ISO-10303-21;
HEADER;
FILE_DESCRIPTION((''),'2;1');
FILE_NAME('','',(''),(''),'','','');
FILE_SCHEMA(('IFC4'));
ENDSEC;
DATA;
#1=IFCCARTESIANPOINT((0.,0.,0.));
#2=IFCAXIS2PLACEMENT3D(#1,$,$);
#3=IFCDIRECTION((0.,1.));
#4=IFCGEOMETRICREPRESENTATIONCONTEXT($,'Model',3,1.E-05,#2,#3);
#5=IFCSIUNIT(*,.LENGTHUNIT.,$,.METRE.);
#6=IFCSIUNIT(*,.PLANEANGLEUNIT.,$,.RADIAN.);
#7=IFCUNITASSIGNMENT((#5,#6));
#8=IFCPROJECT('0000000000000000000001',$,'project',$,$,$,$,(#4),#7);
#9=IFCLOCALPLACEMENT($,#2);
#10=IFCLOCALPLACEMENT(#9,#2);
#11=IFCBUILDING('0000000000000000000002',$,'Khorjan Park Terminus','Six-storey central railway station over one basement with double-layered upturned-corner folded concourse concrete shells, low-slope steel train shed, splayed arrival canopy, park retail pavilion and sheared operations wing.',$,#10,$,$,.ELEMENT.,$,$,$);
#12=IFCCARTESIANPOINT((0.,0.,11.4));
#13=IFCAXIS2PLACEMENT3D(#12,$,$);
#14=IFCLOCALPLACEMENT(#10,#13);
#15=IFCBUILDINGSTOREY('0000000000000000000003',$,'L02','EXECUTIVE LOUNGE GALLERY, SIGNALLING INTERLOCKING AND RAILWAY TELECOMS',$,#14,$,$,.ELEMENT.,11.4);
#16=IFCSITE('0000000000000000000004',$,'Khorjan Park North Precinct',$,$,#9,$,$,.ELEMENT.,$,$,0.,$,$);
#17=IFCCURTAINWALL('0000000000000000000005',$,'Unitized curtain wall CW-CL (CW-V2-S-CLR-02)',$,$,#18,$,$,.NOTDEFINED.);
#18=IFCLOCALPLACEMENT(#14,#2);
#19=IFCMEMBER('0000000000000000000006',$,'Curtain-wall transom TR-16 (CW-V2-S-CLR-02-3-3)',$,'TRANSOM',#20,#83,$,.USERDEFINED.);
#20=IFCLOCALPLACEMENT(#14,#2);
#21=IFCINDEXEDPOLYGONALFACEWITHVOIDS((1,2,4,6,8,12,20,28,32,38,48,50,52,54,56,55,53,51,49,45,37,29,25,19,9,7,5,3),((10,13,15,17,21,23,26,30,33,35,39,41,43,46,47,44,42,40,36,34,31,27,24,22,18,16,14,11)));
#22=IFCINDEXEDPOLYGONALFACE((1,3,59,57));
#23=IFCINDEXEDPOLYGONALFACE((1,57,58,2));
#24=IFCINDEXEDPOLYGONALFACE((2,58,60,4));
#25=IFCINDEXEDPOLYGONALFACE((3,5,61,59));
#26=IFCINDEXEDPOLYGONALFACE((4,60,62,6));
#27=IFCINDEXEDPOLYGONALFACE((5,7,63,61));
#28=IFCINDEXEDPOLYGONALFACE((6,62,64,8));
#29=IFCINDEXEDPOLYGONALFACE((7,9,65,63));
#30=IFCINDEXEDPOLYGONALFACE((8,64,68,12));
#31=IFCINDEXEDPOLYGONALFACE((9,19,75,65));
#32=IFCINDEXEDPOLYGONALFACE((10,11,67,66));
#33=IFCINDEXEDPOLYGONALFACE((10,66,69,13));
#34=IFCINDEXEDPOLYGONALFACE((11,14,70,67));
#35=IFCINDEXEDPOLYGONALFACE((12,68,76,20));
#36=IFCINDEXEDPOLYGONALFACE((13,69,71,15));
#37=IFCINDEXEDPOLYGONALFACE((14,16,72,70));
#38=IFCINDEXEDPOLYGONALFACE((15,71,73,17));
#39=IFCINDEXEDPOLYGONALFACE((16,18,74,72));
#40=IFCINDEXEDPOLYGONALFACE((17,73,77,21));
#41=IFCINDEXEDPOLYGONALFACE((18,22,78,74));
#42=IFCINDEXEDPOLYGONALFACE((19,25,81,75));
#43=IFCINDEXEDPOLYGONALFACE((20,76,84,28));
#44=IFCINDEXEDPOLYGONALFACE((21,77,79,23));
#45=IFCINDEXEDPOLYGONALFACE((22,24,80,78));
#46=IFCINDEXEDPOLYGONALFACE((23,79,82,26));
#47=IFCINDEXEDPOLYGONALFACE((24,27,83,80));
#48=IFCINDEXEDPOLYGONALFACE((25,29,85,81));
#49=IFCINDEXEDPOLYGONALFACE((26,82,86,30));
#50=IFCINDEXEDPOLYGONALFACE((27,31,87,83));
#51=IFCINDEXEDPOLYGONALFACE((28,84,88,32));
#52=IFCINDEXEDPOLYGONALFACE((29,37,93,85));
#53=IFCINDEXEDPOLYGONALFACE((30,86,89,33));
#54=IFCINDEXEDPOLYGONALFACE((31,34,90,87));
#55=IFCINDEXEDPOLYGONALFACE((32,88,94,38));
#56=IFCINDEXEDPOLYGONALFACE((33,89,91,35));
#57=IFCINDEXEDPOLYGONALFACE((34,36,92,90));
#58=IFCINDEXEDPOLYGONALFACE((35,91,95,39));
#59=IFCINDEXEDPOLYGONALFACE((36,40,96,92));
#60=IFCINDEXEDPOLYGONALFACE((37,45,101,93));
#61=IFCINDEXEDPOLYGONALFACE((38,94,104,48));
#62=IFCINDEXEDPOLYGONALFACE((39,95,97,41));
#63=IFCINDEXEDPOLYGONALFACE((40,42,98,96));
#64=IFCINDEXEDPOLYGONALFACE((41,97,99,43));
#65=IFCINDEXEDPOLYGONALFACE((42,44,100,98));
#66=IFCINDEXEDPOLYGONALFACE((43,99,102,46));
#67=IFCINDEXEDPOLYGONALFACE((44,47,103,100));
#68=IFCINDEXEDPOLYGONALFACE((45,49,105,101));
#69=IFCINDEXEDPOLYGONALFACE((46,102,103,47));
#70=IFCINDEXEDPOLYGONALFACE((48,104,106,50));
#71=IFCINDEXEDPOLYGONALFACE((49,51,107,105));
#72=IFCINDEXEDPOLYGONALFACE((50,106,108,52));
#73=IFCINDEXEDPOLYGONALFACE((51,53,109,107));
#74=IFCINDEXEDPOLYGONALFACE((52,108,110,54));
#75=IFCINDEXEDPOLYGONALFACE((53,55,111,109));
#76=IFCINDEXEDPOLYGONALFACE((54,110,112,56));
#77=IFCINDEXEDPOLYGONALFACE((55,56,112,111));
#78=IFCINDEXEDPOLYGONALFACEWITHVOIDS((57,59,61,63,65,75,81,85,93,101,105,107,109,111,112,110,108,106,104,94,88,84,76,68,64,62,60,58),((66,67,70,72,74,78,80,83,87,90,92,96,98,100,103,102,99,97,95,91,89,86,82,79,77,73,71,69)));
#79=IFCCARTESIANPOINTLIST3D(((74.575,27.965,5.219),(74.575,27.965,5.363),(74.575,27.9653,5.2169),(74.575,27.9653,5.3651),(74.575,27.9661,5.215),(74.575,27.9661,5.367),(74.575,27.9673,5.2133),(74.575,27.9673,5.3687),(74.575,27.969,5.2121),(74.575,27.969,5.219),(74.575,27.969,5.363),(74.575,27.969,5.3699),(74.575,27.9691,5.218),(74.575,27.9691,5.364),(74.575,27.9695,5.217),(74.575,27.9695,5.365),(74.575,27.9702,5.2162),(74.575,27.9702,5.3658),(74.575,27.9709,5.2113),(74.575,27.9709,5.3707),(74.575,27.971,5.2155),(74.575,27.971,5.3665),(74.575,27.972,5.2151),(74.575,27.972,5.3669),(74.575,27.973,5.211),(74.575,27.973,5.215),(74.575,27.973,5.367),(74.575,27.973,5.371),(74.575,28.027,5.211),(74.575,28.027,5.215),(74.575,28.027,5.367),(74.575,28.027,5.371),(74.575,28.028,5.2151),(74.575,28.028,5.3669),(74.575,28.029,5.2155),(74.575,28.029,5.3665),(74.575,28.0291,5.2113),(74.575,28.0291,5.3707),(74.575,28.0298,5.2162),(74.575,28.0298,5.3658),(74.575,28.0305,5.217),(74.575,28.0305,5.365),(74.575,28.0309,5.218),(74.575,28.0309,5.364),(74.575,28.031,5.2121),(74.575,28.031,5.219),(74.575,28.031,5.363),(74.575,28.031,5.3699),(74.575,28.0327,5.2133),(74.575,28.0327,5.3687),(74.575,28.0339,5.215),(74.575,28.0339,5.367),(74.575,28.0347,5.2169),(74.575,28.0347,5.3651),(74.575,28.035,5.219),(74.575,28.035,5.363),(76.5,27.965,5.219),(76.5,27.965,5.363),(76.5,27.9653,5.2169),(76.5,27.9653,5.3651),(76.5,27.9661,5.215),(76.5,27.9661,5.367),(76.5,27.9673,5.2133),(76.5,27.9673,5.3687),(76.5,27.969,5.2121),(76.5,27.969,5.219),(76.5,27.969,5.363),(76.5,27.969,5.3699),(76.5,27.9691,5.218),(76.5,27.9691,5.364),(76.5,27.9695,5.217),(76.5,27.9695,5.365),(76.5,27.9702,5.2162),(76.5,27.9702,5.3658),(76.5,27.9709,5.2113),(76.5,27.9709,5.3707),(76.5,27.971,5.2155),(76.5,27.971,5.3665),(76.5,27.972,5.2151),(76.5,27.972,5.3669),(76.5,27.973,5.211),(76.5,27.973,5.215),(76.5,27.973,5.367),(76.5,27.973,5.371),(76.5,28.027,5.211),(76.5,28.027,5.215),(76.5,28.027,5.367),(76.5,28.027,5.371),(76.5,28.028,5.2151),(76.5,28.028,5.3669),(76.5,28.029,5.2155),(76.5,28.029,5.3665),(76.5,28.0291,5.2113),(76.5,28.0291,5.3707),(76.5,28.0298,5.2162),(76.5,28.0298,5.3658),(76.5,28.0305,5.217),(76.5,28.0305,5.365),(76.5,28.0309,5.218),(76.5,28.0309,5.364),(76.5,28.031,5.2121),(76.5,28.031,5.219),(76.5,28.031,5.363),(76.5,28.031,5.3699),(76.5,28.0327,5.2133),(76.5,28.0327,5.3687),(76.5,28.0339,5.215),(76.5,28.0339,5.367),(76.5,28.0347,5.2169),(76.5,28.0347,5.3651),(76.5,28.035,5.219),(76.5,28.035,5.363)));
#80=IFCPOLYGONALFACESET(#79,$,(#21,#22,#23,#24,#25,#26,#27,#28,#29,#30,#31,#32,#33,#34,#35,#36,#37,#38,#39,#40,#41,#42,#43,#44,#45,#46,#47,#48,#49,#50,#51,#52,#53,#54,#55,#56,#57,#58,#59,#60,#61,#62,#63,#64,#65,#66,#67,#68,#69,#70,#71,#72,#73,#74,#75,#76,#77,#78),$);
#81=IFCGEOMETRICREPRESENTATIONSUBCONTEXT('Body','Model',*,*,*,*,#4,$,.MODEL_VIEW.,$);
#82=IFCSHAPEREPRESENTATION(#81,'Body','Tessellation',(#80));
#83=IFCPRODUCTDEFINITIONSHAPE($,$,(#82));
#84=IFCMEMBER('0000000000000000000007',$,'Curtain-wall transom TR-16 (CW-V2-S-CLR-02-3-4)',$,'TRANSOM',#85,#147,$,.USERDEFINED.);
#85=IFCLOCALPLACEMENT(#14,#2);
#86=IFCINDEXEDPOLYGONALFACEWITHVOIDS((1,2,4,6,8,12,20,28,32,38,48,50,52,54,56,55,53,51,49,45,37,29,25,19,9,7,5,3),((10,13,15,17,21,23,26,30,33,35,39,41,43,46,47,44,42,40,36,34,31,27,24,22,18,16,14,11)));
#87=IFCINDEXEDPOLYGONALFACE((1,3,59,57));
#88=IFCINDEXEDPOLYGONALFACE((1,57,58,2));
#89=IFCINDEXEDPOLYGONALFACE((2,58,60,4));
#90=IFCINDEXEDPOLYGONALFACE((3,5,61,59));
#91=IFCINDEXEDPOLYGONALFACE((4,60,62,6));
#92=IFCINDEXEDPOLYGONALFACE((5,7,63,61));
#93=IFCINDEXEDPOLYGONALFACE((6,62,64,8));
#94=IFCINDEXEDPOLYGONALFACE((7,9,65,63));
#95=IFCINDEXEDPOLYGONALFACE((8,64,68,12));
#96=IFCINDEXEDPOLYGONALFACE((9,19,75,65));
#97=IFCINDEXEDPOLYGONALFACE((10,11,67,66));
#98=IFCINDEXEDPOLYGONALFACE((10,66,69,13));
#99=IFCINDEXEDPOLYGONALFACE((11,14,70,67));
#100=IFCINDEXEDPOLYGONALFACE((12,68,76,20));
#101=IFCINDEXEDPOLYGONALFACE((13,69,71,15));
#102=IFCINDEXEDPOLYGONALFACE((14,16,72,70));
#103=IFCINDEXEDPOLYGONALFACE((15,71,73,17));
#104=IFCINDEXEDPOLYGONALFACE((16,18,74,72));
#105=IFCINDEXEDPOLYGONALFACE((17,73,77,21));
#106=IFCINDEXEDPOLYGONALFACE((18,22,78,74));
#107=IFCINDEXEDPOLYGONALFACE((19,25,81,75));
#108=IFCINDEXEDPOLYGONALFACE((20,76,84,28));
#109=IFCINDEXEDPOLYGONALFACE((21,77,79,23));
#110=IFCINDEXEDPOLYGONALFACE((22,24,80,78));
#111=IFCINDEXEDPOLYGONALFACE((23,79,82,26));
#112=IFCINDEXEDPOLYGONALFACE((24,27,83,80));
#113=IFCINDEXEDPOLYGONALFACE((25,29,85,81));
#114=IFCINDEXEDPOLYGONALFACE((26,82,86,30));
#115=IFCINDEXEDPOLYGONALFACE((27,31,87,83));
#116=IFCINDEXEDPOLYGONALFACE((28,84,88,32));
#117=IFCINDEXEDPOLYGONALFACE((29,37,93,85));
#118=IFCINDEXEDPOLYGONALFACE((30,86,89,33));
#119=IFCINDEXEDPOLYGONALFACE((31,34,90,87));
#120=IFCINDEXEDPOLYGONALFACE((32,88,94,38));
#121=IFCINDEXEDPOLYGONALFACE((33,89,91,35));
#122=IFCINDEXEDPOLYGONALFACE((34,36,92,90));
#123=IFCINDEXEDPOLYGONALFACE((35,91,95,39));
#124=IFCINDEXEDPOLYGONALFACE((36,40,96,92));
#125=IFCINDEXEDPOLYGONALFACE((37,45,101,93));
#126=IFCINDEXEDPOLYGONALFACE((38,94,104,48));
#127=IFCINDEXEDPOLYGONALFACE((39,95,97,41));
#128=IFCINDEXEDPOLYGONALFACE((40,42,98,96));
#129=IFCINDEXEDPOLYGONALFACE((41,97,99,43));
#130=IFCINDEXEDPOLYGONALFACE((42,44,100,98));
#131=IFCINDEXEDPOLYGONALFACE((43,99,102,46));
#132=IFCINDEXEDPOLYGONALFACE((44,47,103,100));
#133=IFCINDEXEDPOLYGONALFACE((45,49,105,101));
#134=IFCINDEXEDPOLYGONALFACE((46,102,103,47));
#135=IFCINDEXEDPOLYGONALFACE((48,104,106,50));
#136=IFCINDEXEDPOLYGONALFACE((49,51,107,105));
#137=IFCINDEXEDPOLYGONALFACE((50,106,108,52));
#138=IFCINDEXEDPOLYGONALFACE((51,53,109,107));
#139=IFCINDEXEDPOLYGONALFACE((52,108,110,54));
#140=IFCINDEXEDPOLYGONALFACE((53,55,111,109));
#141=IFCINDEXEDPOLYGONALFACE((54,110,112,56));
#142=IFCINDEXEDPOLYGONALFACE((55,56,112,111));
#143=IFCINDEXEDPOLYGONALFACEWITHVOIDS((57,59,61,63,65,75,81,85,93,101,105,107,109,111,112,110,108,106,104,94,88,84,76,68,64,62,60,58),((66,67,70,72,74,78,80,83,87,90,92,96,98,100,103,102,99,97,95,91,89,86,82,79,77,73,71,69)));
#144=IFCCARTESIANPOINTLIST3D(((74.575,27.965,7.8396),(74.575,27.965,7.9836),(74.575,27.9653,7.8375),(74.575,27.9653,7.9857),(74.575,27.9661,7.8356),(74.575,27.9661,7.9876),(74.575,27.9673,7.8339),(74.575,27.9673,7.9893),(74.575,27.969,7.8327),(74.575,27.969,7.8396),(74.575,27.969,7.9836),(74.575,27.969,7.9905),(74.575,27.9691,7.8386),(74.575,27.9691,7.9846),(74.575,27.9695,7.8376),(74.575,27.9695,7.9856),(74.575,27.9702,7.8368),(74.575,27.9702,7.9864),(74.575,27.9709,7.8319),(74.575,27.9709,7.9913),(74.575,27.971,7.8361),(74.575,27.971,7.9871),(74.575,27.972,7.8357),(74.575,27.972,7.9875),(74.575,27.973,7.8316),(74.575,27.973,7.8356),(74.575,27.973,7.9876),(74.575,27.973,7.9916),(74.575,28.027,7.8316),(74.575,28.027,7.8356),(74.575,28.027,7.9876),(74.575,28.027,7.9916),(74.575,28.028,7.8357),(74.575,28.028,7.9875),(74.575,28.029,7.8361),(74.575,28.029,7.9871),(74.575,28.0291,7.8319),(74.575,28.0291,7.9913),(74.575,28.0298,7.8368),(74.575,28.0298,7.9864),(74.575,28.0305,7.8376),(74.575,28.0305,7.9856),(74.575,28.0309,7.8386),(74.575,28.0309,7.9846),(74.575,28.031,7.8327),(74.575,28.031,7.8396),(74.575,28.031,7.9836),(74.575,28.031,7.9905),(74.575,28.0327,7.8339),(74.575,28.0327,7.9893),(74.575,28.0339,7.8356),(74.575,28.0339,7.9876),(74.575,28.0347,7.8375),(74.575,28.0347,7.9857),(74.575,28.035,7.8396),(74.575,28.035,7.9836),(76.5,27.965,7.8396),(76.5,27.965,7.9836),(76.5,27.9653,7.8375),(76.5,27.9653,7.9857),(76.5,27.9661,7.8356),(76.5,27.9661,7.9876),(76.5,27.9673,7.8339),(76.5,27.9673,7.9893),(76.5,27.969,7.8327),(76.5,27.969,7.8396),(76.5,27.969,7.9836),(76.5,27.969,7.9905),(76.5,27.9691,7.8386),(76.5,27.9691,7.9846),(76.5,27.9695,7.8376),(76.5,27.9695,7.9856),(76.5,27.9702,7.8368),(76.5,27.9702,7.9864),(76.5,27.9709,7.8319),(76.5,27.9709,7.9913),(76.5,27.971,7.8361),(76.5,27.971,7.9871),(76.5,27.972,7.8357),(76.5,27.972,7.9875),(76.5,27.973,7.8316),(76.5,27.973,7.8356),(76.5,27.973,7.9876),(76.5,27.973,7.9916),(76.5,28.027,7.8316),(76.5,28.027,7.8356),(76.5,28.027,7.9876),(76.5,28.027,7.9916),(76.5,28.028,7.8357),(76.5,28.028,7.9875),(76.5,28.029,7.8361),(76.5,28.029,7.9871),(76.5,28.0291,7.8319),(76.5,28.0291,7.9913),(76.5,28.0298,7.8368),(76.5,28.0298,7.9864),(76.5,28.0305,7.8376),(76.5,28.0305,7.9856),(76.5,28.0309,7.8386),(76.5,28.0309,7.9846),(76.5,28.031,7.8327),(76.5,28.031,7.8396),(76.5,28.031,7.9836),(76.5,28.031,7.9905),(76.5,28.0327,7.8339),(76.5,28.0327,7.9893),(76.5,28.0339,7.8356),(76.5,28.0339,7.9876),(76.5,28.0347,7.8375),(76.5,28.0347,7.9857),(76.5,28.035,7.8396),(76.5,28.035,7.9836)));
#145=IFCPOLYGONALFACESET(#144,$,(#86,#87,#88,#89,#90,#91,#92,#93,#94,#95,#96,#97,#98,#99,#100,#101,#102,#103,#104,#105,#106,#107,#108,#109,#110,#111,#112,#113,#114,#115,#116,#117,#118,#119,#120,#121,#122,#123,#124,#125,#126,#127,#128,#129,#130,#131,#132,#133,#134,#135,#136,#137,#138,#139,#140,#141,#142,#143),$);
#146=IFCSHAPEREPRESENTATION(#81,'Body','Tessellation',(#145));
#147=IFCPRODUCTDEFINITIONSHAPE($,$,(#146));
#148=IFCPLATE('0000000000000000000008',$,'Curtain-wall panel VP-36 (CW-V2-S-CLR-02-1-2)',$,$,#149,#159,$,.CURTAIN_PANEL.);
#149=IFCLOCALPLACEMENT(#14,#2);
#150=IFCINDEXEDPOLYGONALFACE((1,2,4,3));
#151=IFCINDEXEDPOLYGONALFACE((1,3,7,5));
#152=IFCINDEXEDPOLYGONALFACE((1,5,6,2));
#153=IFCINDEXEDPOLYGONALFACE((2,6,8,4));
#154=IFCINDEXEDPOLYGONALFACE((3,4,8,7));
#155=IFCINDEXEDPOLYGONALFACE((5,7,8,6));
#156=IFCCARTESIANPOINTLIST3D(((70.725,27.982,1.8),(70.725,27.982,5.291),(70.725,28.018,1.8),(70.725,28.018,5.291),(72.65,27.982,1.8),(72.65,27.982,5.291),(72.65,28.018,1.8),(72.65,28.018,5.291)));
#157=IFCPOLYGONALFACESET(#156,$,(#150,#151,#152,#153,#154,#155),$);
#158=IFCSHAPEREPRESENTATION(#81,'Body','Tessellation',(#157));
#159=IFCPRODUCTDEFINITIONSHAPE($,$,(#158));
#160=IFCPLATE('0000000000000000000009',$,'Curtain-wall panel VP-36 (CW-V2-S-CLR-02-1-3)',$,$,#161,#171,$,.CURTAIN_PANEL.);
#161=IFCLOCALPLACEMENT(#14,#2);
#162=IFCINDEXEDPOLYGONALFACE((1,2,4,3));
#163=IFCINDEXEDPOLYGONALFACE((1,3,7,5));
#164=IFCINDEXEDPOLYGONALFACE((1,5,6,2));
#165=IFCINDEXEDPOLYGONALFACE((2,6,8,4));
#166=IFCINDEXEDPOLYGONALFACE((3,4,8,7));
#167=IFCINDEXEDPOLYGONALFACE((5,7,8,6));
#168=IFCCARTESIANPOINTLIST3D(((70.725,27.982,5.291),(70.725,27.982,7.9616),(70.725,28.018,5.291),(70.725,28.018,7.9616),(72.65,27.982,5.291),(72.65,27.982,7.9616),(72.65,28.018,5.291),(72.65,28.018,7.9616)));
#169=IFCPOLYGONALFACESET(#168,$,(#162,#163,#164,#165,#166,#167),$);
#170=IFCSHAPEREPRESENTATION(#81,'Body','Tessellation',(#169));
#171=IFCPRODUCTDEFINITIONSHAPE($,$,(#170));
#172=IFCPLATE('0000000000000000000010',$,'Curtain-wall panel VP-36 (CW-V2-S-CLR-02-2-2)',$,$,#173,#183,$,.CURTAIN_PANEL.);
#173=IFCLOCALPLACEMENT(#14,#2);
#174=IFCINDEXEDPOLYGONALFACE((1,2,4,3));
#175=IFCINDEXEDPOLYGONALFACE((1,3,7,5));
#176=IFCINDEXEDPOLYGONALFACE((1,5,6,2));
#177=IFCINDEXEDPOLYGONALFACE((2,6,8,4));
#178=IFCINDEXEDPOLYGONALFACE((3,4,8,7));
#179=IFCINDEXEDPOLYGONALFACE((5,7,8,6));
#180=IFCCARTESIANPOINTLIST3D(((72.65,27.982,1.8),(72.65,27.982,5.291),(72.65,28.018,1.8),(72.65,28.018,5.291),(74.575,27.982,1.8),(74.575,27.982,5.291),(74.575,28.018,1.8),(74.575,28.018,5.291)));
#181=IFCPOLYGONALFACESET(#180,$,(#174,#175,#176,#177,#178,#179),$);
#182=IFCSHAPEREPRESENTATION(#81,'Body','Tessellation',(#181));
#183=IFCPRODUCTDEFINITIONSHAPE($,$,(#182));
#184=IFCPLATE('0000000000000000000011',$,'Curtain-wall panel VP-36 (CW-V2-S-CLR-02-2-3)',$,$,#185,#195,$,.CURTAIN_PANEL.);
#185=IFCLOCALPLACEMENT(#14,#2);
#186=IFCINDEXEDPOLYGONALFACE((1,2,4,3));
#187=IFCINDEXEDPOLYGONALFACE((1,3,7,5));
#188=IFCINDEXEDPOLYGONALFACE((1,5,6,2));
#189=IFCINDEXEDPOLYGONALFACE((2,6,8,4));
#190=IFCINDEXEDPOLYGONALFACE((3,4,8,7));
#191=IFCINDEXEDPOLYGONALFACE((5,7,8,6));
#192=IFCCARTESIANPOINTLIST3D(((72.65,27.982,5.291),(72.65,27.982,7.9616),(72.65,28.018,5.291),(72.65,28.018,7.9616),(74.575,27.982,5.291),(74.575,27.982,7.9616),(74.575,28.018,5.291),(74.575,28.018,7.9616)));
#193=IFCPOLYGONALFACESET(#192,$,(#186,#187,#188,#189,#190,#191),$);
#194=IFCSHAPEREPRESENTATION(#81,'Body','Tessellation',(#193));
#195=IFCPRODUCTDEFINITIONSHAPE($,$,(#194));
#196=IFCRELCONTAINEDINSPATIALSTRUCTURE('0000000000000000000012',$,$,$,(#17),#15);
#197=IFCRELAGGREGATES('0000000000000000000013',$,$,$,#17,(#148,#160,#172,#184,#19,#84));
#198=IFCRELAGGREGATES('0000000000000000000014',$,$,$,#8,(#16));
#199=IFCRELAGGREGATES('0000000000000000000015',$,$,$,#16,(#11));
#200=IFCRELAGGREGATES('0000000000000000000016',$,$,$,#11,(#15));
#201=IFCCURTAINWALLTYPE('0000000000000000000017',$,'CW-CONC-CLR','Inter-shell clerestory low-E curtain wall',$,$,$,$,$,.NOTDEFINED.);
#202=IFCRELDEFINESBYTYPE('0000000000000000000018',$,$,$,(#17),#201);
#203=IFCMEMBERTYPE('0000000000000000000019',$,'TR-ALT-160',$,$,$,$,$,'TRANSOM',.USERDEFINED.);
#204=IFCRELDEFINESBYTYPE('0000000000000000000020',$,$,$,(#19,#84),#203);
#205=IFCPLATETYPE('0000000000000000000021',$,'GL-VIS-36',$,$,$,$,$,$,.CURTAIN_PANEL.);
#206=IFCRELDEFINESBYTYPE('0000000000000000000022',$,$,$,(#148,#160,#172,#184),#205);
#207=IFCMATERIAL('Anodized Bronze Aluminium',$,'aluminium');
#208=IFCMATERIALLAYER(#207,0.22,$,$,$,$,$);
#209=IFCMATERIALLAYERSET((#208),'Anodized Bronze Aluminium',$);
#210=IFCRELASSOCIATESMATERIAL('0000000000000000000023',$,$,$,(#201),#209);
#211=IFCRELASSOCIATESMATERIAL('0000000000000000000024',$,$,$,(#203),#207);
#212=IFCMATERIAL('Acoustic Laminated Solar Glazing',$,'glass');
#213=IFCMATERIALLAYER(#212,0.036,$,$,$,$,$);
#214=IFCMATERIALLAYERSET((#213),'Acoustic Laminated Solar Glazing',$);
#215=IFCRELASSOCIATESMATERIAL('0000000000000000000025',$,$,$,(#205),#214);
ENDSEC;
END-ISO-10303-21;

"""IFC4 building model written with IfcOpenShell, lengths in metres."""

from ifc_helpers import new_model, si_unit, direction, frame, origin, origin_2d, place, context, subcontext, project, spatial, rectangle, hollow_rectangle, extrude, material, layer, layer_set, material_profile, profile_set, type_object, element, aggregate, save


model = new_model("IFC4")

# Units and contexts
model_context = context("Model", 3, precision=1e-05, world=origin(), true_north=direction((0.0, 1.0)))
body_context = subcontext(model_context, "Body", "Model", "MODEL_VIEW")
ifc_project = project(units=[si_unit("LENGTHUNIT", "METRE"), si_unit("PLANEANGLEUNIT", "RADIAN")], contexts=[model_context])

# Site, building, storey
site_placement = place(None, origin())
site = spatial("IfcSite", under=ifc_project, at=site_placement, Name="Khorjan Park North Precinct", CompositionType="ELEMENT", RefElevation=0.0)
building_placement = place(site_placement, origin())
building = spatial("IfcBuilding", under=site, at=building_placement, Name="Khorjan Park Terminus", Description="Six-storey central railway station over one basement with double-layered upturned-corner folded concourse concrete shells, low-slope steel train shed, splayed arrival canopy, park retail pavilion and sheared operations wing.", CompositionType="ELEMENT")
storey_placement = place(building_placement, frame((0.0, 0.0, 11.4)))
storey = spatial("IfcBuildingStorey", under=building, at=storey_placement, Name="L02", Description="EXECUTIVE LOUNGE GALLERY, SIGNALLING INTERLOCKING AND RAILWAY TELECOMS", CompositionType="ELEMENT", Elevation=11.4)

# Curtain wall
ifc_material_1 = material(Name="Anodized Bronze Aluminium", Category="aluminium")
ifc_layer_1 = layer(ifc_material_1, 0.22)
ifc_layer_set_1 = layer_set([ifc_layer_1], Name="Anodized Bronze Aluminium")
curtain_wall_type = type_object("IfcCurtainWallType", Name="CW-CONC-CLR", Description="Inter-shell clerestory low-E curtain wall", PredefinedType="NOTDEFINED", material=ifc_layer_set_1)
curtain_wall_placement = place(storey_placement, origin())
curtain_wall = element("IfcCurtainWall", 1, at=curtain_wall_placement, inside=storey, type_object=curtain_wall_type, Name="Unitized curtain wall CW-CL (CW-V2-S-CLR-02)", PredefinedType="NOTDEFINED")

# Members
ifc_material_profile_1 = material_profile(ifc_material_1, hollow_rectangle(XDim=0.07, YDim=0.16, WallThickness=0.004, InnerFilletRadius=0.004, OuterFilletRadius=0.008, at=origin_2d()), Name="ALT 70x160x4")
ifc_profile_set_1 = profile_set([ifc_material_profile_1], Name="Anodized Bronze Aluminium")
member_type_1 = type_object("IfcMemberType", Name="TR-ALT-160", ElementType="TRANSOM", PredefinedType="USERDEFINED", material=ifc_profile_set_1)
member_1_placement = place(storey_placement, frame((74.575, 28.0, 5.291), z_axis=(1.0, 0.0, 0.0), x_axis=(0.0, 1.0, 0.0)))
member_1 = element("IfcMember", 2, at=member_1_placement, type_object=member_type_1, Name="Curtain-wall transom TR-16 (CW-V2-S-CLR-02-3-3)", ObjectType="TRANSOM", PredefinedType="USERDEFINED", context=body_context, shape_type="SweptSolid", body=[
    extrude(hollow_rectangle(XDim=0.07, YDim=0.16, WallThickness=0.004, InnerFilletRadius=0.004, OuterFilletRadius=0.008, at=origin_2d()), origin(), (0.0, 0.0, 1.0), 1.925),
])
member_2_placement = place(storey_placement, frame((74.575, 28.0, 7.9116), z_axis=(1.0, 0.0, 0.0), x_axis=(0.0, 1.0, 0.0)))
member_2 = element("IfcMember", 3, at=member_2_placement, type_object=member_type_1, Name="Curtain-wall transom TR-16 (CW-V2-S-CLR-02-3-4)", ObjectType="TRANSOM", PredefinedType="USERDEFINED", context=body_context, shape_type="SweptSolid", body=[
    extrude(hollow_rectangle(XDim=0.07, YDim=0.16, WallThickness=0.004, InnerFilletRadius=0.004, OuterFilletRadius=0.008, at=origin_2d()), origin(), (0.0, 0.0, 1.0), 1.925),
])

# Plates
ifc_material_2 = material(Name="Acoustic Laminated Solar Glazing", Category="glass")
ifc_layer_2 = layer(ifc_material_2, 0.036)
ifc_layer_set_2 = layer_set([ifc_layer_2], Name="Acoustic Laminated Solar Glazing")
plate_type_1 = type_object("IfcPlateType", Name="GL-VIS-36", PredefinedType="CURTAIN_PANEL", material=ifc_layer_set_2)
plate_1_placement = place(storey_placement, frame((71.6875, 28.0, 1.8), z_axis=(0.0, 0.0, 1.0), x_axis=(1.0, 0.0, 0.0)))
plate_1 = element("IfcPlate", 4, at=plate_1_placement, type_object=plate_type_1, Name="Curtain-wall panel VP-36 (CW-V2-S-CLR-02-1-2)", PredefinedType="CURTAIN_PANEL", context=body_context, shape_type="SweptSolid", body=[
    extrude(rectangle(XDim=1.925, YDim=0.036, at=origin_2d()), origin(), (0.0, 0.0, 1.0), 3.491),
])
plate_2_placement = place(storey_placement, frame((71.6875, 28.0, 5.291), z_axis=(0.0, 0.0, 1.0), x_axis=(1.0, 0.0, 0.0)))
plate_2 = element("IfcPlate", 5, at=plate_2_placement, type_object=plate_type_1, Name="Curtain-wall panel VP-36 (CW-V2-S-CLR-02-1-3)", PredefinedType="CURTAIN_PANEL", context=body_context, shape_type="SweptSolid", body=[
    extrude(rectangle(XDim=1.925, YDim=0.036, at=origin_2d()), origin(), (0.0, 0.0, 1.0), 2.6706),
])
plate_3_placement = place(storey_placement, frame((73.6125, 28.0, 1.8), z_axis=(0.0, 0.0, 1.0), x_axis=(1.0, 0.0, 0.0)))
plate_3 = element("IfcPlate", 6, at=plate_3_placement, type_object=plate_type_1, Name="Curtain-wall panel VP-36 (CW-V2-S-CLR-02-2-2)", PredefinedType="CURTAIN_PANEL", context=body_context, shape_type="SweptSolid", body=[
    extrude(rectangle(XDim=1.925, YDim=0.036, at=origin_2d()), origin(), (0.0, 0.0, 1.0), 3.491),
])
plate_4_placement = place(storey_placement, frame((73.6125, 28.0, 5.291), z_axis=(0.0, 0.0, 1.0), x_axis=(1.0, 0.0, 0.0)))
plate_4 = element("IfcPlate", 7, at=plate_4_placement, type_object=plate_type_1, Name="Curtain-wall panel VP-36 (CW-V2-S-CLR-02-2-3)", PredefinedType="CURTAIN_PANEL", context=body_context, shape_type="SweptSolid", body=[
    extrude(rectangle(XDim=1.925, YDim=0.036, at=origin_2d()), origin(), (0.0, 0.0, 1.0), 2.6706),
])

aggregate(curtain_wall, [plate_1, plate_2, plate_3, plate_4, member_1, member_2])

save(model, "model.ifc")
